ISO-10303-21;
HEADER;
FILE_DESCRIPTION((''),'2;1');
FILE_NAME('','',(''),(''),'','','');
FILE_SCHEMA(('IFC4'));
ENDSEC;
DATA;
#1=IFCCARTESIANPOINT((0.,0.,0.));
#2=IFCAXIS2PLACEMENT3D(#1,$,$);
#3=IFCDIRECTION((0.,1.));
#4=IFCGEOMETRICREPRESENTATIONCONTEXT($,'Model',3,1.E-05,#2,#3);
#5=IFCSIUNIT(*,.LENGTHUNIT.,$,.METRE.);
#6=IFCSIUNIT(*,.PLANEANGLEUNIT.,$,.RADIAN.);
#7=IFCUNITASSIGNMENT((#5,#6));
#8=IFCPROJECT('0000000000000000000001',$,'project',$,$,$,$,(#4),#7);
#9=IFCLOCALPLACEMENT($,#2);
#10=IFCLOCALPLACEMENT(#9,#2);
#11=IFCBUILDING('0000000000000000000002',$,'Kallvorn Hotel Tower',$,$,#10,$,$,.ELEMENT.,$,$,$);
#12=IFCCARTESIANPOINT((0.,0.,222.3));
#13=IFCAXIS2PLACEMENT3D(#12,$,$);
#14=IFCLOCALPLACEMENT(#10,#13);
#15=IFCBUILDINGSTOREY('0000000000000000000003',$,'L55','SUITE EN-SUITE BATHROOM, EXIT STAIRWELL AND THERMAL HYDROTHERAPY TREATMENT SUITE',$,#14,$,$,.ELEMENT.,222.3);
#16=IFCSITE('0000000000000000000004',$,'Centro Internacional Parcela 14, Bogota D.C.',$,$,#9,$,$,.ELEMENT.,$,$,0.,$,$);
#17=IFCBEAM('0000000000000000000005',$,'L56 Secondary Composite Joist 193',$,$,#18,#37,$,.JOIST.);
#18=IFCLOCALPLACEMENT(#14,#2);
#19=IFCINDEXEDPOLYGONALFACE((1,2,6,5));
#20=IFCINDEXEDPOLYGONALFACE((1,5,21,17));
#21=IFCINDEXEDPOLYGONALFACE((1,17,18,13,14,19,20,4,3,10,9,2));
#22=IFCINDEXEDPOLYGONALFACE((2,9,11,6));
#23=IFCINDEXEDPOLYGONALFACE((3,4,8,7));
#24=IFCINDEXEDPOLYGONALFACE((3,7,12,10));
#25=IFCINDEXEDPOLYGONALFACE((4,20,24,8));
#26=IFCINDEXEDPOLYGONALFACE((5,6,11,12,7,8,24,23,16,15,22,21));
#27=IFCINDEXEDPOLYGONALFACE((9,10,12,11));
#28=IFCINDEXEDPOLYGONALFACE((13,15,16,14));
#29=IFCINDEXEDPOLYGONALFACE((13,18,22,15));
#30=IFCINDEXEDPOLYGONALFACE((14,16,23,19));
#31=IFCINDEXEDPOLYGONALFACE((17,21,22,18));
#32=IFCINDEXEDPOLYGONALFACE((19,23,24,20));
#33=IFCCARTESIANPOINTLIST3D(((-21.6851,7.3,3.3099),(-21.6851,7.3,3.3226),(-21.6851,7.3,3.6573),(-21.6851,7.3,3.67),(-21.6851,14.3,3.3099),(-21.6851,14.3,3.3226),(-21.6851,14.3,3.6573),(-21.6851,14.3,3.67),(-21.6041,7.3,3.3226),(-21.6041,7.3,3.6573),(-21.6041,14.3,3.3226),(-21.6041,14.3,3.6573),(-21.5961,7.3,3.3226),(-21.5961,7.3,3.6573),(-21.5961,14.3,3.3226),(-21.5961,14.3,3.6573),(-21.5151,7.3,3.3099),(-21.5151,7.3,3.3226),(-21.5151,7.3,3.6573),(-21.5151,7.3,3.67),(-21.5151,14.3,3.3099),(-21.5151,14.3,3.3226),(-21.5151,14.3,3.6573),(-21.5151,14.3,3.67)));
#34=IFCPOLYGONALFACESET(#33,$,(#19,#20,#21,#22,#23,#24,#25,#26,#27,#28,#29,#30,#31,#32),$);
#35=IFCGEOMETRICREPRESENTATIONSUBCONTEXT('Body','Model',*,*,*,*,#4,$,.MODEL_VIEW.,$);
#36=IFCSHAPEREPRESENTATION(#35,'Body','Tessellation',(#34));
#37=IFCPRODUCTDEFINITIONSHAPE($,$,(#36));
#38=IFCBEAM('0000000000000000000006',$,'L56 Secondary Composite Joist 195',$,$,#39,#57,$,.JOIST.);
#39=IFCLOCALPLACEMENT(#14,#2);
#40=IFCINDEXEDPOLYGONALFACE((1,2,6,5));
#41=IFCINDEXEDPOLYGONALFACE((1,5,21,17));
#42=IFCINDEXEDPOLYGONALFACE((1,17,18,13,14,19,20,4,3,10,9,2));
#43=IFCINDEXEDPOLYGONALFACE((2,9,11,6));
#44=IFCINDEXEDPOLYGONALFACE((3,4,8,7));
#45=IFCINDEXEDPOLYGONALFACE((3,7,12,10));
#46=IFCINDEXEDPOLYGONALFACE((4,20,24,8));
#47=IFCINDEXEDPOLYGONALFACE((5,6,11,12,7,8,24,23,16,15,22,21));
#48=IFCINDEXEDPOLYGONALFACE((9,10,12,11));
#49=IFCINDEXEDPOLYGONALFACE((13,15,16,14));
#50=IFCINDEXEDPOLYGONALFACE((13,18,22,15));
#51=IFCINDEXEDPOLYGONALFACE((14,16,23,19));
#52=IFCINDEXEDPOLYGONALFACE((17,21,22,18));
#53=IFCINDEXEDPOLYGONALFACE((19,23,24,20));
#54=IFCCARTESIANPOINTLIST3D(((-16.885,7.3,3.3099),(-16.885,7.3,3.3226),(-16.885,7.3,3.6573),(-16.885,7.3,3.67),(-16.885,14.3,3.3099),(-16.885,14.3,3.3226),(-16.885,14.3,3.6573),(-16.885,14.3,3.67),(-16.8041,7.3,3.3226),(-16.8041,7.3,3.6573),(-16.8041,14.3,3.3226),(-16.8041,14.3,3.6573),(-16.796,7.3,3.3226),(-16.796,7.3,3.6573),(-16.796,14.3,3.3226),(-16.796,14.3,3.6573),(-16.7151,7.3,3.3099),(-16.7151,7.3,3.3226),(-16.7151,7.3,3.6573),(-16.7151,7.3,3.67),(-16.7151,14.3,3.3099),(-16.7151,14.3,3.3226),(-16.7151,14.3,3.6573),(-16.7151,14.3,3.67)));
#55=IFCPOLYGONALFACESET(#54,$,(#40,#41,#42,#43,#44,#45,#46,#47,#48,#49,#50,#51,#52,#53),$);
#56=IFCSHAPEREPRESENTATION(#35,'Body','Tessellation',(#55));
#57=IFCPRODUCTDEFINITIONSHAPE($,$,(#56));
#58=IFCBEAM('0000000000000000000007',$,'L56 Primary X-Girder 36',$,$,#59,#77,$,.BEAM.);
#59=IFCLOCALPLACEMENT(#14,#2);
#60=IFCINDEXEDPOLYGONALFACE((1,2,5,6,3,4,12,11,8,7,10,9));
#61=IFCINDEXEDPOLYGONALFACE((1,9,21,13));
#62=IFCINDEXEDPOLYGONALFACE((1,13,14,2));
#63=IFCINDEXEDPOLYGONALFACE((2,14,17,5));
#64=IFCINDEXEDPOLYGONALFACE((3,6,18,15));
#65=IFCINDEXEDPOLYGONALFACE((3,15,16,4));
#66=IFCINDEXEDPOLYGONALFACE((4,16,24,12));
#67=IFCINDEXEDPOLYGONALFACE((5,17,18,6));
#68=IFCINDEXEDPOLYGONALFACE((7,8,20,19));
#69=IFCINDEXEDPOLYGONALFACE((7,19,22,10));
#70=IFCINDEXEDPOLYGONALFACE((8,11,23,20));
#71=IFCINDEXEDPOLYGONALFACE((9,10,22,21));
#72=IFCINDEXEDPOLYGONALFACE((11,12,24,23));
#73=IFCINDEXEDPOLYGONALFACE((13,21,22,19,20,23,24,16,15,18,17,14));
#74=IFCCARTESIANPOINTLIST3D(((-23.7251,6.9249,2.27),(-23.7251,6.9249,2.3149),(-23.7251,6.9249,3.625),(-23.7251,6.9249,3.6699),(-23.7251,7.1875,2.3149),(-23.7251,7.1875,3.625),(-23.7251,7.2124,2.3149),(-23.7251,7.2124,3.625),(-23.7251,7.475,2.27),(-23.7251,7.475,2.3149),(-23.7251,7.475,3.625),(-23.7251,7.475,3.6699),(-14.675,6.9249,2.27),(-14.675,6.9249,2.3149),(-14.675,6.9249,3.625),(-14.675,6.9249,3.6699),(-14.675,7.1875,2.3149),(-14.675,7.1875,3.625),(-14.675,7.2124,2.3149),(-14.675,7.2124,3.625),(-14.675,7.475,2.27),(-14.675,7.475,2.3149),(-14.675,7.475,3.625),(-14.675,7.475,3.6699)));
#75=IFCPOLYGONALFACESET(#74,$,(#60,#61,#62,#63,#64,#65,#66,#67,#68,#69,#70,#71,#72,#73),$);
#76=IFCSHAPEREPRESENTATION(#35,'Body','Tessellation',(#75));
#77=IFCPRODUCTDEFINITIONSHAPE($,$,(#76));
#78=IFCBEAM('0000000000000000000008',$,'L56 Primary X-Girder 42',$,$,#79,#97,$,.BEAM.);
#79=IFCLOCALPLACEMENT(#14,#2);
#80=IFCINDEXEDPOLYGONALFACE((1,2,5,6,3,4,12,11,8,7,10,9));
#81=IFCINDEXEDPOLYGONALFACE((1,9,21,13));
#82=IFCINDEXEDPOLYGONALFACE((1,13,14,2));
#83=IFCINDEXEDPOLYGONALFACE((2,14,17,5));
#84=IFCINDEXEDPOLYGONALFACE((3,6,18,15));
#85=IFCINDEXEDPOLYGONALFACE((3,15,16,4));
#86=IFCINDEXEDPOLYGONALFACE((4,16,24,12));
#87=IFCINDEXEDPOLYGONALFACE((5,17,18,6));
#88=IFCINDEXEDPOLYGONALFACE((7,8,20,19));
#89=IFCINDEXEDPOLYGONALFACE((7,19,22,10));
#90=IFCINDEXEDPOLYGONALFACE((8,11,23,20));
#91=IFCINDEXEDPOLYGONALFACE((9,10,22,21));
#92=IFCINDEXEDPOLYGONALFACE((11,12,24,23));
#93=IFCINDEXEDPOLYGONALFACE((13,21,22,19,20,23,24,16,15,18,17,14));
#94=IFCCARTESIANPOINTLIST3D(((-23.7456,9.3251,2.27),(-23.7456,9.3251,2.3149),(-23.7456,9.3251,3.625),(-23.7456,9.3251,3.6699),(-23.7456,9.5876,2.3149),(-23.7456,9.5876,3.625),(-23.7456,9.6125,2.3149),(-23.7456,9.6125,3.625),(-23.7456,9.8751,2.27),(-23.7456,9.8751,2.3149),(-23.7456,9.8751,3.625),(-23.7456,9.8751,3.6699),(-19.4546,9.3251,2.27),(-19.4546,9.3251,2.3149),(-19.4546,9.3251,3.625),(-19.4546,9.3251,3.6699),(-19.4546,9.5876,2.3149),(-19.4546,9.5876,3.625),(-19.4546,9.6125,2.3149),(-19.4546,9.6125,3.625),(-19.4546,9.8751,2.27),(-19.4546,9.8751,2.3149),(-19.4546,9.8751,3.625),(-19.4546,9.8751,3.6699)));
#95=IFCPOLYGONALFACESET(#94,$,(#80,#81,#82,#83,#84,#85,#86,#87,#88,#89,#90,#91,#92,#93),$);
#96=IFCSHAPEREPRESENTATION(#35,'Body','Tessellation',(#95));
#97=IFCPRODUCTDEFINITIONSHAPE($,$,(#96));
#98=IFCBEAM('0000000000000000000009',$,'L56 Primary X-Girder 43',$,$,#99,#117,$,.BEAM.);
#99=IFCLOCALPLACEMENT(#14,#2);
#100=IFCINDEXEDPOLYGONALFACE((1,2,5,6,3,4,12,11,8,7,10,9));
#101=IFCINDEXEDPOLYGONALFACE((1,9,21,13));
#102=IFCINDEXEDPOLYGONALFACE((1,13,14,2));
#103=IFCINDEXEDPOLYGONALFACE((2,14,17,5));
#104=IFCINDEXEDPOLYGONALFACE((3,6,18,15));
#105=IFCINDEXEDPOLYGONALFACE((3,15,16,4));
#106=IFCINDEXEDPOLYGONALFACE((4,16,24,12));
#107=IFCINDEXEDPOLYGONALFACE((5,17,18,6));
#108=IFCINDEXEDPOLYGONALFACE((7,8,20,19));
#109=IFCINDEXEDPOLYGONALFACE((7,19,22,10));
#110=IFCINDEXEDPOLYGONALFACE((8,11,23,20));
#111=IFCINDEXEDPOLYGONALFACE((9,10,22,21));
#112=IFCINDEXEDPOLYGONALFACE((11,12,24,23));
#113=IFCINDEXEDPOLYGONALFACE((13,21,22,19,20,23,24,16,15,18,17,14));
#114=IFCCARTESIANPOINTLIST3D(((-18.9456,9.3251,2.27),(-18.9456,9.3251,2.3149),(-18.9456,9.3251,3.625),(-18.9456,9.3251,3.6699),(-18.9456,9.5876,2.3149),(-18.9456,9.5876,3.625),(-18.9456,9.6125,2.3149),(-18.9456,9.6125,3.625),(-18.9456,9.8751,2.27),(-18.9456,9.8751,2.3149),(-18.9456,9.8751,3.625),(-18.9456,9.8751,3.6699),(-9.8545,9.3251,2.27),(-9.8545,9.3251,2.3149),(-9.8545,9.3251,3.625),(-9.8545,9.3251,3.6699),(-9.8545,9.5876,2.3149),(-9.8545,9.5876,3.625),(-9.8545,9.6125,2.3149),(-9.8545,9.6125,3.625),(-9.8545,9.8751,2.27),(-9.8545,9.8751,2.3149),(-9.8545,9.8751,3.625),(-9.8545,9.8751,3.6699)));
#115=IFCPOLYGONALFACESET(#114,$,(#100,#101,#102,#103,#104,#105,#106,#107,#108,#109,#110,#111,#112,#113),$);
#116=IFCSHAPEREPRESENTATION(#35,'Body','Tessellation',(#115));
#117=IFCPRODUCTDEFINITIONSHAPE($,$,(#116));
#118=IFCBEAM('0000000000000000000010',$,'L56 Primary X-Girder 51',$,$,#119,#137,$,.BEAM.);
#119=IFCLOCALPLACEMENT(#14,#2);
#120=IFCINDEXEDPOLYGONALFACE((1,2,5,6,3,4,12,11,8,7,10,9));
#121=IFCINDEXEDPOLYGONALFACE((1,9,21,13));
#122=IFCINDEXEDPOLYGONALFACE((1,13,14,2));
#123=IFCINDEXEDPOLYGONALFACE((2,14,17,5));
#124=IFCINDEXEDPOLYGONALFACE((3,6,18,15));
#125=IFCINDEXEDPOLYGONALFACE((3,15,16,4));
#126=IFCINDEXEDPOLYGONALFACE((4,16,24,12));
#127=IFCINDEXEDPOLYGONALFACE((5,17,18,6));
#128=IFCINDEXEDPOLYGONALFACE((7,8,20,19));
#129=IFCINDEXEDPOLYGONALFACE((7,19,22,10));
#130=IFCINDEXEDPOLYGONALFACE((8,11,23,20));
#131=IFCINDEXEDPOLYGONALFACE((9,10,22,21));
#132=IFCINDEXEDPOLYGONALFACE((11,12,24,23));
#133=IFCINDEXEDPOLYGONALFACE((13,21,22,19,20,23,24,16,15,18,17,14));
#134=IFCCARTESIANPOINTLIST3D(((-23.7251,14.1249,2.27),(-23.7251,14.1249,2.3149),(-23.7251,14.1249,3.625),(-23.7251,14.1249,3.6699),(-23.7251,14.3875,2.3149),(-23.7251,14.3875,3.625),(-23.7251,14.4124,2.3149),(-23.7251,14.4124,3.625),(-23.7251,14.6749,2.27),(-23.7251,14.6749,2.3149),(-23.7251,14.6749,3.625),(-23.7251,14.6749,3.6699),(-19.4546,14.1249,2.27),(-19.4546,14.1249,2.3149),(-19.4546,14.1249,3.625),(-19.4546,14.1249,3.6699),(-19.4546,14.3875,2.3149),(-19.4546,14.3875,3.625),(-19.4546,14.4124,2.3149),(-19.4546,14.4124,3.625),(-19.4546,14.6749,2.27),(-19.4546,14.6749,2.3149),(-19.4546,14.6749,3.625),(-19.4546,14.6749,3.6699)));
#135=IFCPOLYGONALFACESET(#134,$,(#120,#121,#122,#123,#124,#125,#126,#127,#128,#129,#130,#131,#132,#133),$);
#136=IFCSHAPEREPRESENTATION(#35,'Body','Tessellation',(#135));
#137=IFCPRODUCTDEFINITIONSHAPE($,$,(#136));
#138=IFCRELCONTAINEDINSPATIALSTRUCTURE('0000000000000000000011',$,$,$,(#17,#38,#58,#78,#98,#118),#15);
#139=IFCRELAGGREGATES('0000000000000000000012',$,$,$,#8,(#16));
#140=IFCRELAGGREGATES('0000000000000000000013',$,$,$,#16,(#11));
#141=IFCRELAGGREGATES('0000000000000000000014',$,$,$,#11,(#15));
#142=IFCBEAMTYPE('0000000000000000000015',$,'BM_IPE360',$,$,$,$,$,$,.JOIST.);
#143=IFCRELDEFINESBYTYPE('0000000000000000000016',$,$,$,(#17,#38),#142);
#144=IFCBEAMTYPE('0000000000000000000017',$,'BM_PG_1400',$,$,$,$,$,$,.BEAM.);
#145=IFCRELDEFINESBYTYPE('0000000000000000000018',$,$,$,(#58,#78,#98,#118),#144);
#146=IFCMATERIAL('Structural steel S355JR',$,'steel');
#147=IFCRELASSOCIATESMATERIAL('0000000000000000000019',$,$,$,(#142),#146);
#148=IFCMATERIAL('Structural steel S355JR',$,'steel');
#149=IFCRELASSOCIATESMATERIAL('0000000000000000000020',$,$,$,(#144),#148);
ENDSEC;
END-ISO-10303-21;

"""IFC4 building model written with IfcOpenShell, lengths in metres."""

from ifc_helpers import new_model, si_unit, direction, frame, origin, origin_2d, place, context, subcontext, project, spatial, i_section, extrude, material, material_profile, profile_set, type_object, element, save


model = new_model("IFC4")

# Units and contexts
model_context = context("Model", 3, precision=1e-05, world=origin(), true_north=direction((0.0, 1.0)))
body_context = subcontext(model_context, "Body", "Model", "MODEL_VIEW")
ifc_project = project(units=[si_unit("LENGTHUNIT", "METRE"), si_unit("PLANEANGLEUNIT", "RADIAN")], contexts=[model_context])

# Site, building, storey
site_placement = place(None, origin())
site = spatial("IfcSite", under=ifc_project, at=site_placement, Name="Centro Internacional Parcela 14, Bogota D.C.", CompositionType="ELEMENT", RefElevation=0.0)
building_placement = place(site_placement, origin())
building = spatial("IfcBuilding", under=site, at=building_placement, Name="Kallvorn Hotel Tower", CompositionType="ELEMENT")
storey_placement = place(building_placement, frame((0.0, 0.0, 222.3)))
storey = spatial("IfcBuildingStorey", under=building, at=storey_placement, Name="L55", Description="SUITE EN-SUITE BATHROOM, EXIT STAIRWELL AND THERMAL HYDROTHERAPY TREATMENT SUITE", CompositionType="ELEMENT", Elevation=222.3)

# Beams
ifc_material_1 = material(Name="Structural steel S355JR", Category="steel")
ifc_material_profile_1 = material_profile(ifc_material_1, i_section(OverallWidth=0.1699, OverallDepth=0.3601, WebThickness=0.0081, FlangeThickness=0.0127, at=origin_2d()), Name="IPE 360")
ifc_profile_set_1 = profile_set([ifc_material_profile_1], Name="Structural steel S355JR")
beam_type_1 = type_object("IfcBeamType", Name="BM_IPE360", PredefinedType="JOIST", material=ifc_profile_set_1)
for number, where, z_axis, x_axis, name in (
    (1, (-21.6001, 7.3, 3.49), (0.0, 1.0, 0.0), (-1.0, 0.0, 0.0), "L56 Secondary Composite Joist 193"),
    (2, (-16.8, 7.3, 3.49), (0.0, 1.0, 0.0), (-1.0, 0.0, 0.0), "L56 Secondary Composite Joist 195"),
):
    element("IfcBeam", number, at=place(storey_placement, frame(where, z_axis=z_axis, x_axis=x_axis)), inside=storey, type_object=beam_type_1, Name=name, PredefinedType="JOIST", context=body_context, shape_type="SweptSolid", body=[
        extrude(i_section(OverallWidth=0.1699, OverallDepth=0.3601, WebThickness=0.0081, FlangeThickness=0.0127, at=origin_2d()), origin(), (0.0, 0.0, 1.0), 7.0),
    ])
ifc_material_2 = material(Name="Structural steel S355JR", Category="steel")
ifc_material_profile_2 = material_profile(ifc_material_2, i_section(OverallWidth=0.55, OverallDepth=1.3999, WebThickness=0.0249, FlangeThickness=0.0449, at=origin_2d()), Name="PG 1400x550x25x45")
ifc_profile_set_2 = profile_set([ifc_material_profile_2], Name="Structural steel S355JR")
beam_type_2 = type_object("IfcBeamType", Name="BM_PG_1400", PredefinedType="BEAM", material=ifc_profile_set_2)
beam_1_placement = place(storey_placement, frame((-23.7251, 7.2, 2.97), z_axis=(1.0, 0.0, 0.0), x_axis=(0.0, 1.0, 0.0)))
element("IfcBeam", 3, at=beam_1_placement, inside=storey, type_object=beam_type_2, Name="L56 Primary X-Girder 36", PredefinedType="BEAM", context=body_context, shape_type="SweptSolid", body=[
    extrude(i_section(OverallWidth=0.55, OverallDepth=1.3999, WebThickness=0.0249, FlangeThickness=0.0449, at=origin_2d()), origin(), (0.0, 0.0, 1.0), 9.05),
])
beam_2_placement = place(storey_placement, frame((-23.7456, 9.6001, 2.97), z_axis=(1.0, 0.0, 0.0), x_axis=(0.0, 1.0, 0.0)))
element("IfcBeam", 4, at=beam_2_placement, inside=storey, type_object=beam_type_2, Name="L56 Primary X-Girder 42", PredefinedType="BEAM", context=body_context, shape_type="SweptSolid", body=[
    extrude(i_section(OverallWidth=0.55, OverallDepth=1.3999, WebThickness=0.0249, FlangeThickness=0.0449, at=origin_2d()), origin(), (0.0, 0.0, 1.0), 4.291),
])
beam_3_placement = place(storey_placement, frame((-18.9456, 9.6001, 2.97), z_axis=(1.0, 0.0, 0.0), x_axis=(0.0, 1.0, 0.0)))
element("IfcBeam", 5, at=beam_3_placement, inside=storey, type_object=beam_type_2, Name="L56 Primary X-Girder 43", PredefinedType="BEAM", context=body_context, shape_type="SweptSolid", body=[
    extrude(i_section(OverallWidth=0.55, OverallDepth=1.3999, WebThickness=0.0249, FlangeThickness=0.0449, at=origin_2d()), origin(), (0.0, 0.0, 1.0), 9.0911),
])
beam_4_placement = place(storey_placement, frame((-23.7251, 14.3999, 2.97), z_axis=(1.0, 0.0, 0.0), x_axis=(0.0, 1.0, 0.0)))
element("IfcBeam", 6, at=beam_4_placement, inside=storey, type_object=beam_type_2, Name="L56 Primary X-Girder 51", PredefinedType="BEAM", context=body_context, shape_type="SweptSolid", body=[
    extrude(i_section(OverallWidth=0.55, OverallDepth=1.3999, WebThickness=0.0249, FlangeThickness=0.0449, at=origin_2d()), origin(), (0.0, 0.0, 1.0), 4.2705),
])

save(model, "model.ifc")
